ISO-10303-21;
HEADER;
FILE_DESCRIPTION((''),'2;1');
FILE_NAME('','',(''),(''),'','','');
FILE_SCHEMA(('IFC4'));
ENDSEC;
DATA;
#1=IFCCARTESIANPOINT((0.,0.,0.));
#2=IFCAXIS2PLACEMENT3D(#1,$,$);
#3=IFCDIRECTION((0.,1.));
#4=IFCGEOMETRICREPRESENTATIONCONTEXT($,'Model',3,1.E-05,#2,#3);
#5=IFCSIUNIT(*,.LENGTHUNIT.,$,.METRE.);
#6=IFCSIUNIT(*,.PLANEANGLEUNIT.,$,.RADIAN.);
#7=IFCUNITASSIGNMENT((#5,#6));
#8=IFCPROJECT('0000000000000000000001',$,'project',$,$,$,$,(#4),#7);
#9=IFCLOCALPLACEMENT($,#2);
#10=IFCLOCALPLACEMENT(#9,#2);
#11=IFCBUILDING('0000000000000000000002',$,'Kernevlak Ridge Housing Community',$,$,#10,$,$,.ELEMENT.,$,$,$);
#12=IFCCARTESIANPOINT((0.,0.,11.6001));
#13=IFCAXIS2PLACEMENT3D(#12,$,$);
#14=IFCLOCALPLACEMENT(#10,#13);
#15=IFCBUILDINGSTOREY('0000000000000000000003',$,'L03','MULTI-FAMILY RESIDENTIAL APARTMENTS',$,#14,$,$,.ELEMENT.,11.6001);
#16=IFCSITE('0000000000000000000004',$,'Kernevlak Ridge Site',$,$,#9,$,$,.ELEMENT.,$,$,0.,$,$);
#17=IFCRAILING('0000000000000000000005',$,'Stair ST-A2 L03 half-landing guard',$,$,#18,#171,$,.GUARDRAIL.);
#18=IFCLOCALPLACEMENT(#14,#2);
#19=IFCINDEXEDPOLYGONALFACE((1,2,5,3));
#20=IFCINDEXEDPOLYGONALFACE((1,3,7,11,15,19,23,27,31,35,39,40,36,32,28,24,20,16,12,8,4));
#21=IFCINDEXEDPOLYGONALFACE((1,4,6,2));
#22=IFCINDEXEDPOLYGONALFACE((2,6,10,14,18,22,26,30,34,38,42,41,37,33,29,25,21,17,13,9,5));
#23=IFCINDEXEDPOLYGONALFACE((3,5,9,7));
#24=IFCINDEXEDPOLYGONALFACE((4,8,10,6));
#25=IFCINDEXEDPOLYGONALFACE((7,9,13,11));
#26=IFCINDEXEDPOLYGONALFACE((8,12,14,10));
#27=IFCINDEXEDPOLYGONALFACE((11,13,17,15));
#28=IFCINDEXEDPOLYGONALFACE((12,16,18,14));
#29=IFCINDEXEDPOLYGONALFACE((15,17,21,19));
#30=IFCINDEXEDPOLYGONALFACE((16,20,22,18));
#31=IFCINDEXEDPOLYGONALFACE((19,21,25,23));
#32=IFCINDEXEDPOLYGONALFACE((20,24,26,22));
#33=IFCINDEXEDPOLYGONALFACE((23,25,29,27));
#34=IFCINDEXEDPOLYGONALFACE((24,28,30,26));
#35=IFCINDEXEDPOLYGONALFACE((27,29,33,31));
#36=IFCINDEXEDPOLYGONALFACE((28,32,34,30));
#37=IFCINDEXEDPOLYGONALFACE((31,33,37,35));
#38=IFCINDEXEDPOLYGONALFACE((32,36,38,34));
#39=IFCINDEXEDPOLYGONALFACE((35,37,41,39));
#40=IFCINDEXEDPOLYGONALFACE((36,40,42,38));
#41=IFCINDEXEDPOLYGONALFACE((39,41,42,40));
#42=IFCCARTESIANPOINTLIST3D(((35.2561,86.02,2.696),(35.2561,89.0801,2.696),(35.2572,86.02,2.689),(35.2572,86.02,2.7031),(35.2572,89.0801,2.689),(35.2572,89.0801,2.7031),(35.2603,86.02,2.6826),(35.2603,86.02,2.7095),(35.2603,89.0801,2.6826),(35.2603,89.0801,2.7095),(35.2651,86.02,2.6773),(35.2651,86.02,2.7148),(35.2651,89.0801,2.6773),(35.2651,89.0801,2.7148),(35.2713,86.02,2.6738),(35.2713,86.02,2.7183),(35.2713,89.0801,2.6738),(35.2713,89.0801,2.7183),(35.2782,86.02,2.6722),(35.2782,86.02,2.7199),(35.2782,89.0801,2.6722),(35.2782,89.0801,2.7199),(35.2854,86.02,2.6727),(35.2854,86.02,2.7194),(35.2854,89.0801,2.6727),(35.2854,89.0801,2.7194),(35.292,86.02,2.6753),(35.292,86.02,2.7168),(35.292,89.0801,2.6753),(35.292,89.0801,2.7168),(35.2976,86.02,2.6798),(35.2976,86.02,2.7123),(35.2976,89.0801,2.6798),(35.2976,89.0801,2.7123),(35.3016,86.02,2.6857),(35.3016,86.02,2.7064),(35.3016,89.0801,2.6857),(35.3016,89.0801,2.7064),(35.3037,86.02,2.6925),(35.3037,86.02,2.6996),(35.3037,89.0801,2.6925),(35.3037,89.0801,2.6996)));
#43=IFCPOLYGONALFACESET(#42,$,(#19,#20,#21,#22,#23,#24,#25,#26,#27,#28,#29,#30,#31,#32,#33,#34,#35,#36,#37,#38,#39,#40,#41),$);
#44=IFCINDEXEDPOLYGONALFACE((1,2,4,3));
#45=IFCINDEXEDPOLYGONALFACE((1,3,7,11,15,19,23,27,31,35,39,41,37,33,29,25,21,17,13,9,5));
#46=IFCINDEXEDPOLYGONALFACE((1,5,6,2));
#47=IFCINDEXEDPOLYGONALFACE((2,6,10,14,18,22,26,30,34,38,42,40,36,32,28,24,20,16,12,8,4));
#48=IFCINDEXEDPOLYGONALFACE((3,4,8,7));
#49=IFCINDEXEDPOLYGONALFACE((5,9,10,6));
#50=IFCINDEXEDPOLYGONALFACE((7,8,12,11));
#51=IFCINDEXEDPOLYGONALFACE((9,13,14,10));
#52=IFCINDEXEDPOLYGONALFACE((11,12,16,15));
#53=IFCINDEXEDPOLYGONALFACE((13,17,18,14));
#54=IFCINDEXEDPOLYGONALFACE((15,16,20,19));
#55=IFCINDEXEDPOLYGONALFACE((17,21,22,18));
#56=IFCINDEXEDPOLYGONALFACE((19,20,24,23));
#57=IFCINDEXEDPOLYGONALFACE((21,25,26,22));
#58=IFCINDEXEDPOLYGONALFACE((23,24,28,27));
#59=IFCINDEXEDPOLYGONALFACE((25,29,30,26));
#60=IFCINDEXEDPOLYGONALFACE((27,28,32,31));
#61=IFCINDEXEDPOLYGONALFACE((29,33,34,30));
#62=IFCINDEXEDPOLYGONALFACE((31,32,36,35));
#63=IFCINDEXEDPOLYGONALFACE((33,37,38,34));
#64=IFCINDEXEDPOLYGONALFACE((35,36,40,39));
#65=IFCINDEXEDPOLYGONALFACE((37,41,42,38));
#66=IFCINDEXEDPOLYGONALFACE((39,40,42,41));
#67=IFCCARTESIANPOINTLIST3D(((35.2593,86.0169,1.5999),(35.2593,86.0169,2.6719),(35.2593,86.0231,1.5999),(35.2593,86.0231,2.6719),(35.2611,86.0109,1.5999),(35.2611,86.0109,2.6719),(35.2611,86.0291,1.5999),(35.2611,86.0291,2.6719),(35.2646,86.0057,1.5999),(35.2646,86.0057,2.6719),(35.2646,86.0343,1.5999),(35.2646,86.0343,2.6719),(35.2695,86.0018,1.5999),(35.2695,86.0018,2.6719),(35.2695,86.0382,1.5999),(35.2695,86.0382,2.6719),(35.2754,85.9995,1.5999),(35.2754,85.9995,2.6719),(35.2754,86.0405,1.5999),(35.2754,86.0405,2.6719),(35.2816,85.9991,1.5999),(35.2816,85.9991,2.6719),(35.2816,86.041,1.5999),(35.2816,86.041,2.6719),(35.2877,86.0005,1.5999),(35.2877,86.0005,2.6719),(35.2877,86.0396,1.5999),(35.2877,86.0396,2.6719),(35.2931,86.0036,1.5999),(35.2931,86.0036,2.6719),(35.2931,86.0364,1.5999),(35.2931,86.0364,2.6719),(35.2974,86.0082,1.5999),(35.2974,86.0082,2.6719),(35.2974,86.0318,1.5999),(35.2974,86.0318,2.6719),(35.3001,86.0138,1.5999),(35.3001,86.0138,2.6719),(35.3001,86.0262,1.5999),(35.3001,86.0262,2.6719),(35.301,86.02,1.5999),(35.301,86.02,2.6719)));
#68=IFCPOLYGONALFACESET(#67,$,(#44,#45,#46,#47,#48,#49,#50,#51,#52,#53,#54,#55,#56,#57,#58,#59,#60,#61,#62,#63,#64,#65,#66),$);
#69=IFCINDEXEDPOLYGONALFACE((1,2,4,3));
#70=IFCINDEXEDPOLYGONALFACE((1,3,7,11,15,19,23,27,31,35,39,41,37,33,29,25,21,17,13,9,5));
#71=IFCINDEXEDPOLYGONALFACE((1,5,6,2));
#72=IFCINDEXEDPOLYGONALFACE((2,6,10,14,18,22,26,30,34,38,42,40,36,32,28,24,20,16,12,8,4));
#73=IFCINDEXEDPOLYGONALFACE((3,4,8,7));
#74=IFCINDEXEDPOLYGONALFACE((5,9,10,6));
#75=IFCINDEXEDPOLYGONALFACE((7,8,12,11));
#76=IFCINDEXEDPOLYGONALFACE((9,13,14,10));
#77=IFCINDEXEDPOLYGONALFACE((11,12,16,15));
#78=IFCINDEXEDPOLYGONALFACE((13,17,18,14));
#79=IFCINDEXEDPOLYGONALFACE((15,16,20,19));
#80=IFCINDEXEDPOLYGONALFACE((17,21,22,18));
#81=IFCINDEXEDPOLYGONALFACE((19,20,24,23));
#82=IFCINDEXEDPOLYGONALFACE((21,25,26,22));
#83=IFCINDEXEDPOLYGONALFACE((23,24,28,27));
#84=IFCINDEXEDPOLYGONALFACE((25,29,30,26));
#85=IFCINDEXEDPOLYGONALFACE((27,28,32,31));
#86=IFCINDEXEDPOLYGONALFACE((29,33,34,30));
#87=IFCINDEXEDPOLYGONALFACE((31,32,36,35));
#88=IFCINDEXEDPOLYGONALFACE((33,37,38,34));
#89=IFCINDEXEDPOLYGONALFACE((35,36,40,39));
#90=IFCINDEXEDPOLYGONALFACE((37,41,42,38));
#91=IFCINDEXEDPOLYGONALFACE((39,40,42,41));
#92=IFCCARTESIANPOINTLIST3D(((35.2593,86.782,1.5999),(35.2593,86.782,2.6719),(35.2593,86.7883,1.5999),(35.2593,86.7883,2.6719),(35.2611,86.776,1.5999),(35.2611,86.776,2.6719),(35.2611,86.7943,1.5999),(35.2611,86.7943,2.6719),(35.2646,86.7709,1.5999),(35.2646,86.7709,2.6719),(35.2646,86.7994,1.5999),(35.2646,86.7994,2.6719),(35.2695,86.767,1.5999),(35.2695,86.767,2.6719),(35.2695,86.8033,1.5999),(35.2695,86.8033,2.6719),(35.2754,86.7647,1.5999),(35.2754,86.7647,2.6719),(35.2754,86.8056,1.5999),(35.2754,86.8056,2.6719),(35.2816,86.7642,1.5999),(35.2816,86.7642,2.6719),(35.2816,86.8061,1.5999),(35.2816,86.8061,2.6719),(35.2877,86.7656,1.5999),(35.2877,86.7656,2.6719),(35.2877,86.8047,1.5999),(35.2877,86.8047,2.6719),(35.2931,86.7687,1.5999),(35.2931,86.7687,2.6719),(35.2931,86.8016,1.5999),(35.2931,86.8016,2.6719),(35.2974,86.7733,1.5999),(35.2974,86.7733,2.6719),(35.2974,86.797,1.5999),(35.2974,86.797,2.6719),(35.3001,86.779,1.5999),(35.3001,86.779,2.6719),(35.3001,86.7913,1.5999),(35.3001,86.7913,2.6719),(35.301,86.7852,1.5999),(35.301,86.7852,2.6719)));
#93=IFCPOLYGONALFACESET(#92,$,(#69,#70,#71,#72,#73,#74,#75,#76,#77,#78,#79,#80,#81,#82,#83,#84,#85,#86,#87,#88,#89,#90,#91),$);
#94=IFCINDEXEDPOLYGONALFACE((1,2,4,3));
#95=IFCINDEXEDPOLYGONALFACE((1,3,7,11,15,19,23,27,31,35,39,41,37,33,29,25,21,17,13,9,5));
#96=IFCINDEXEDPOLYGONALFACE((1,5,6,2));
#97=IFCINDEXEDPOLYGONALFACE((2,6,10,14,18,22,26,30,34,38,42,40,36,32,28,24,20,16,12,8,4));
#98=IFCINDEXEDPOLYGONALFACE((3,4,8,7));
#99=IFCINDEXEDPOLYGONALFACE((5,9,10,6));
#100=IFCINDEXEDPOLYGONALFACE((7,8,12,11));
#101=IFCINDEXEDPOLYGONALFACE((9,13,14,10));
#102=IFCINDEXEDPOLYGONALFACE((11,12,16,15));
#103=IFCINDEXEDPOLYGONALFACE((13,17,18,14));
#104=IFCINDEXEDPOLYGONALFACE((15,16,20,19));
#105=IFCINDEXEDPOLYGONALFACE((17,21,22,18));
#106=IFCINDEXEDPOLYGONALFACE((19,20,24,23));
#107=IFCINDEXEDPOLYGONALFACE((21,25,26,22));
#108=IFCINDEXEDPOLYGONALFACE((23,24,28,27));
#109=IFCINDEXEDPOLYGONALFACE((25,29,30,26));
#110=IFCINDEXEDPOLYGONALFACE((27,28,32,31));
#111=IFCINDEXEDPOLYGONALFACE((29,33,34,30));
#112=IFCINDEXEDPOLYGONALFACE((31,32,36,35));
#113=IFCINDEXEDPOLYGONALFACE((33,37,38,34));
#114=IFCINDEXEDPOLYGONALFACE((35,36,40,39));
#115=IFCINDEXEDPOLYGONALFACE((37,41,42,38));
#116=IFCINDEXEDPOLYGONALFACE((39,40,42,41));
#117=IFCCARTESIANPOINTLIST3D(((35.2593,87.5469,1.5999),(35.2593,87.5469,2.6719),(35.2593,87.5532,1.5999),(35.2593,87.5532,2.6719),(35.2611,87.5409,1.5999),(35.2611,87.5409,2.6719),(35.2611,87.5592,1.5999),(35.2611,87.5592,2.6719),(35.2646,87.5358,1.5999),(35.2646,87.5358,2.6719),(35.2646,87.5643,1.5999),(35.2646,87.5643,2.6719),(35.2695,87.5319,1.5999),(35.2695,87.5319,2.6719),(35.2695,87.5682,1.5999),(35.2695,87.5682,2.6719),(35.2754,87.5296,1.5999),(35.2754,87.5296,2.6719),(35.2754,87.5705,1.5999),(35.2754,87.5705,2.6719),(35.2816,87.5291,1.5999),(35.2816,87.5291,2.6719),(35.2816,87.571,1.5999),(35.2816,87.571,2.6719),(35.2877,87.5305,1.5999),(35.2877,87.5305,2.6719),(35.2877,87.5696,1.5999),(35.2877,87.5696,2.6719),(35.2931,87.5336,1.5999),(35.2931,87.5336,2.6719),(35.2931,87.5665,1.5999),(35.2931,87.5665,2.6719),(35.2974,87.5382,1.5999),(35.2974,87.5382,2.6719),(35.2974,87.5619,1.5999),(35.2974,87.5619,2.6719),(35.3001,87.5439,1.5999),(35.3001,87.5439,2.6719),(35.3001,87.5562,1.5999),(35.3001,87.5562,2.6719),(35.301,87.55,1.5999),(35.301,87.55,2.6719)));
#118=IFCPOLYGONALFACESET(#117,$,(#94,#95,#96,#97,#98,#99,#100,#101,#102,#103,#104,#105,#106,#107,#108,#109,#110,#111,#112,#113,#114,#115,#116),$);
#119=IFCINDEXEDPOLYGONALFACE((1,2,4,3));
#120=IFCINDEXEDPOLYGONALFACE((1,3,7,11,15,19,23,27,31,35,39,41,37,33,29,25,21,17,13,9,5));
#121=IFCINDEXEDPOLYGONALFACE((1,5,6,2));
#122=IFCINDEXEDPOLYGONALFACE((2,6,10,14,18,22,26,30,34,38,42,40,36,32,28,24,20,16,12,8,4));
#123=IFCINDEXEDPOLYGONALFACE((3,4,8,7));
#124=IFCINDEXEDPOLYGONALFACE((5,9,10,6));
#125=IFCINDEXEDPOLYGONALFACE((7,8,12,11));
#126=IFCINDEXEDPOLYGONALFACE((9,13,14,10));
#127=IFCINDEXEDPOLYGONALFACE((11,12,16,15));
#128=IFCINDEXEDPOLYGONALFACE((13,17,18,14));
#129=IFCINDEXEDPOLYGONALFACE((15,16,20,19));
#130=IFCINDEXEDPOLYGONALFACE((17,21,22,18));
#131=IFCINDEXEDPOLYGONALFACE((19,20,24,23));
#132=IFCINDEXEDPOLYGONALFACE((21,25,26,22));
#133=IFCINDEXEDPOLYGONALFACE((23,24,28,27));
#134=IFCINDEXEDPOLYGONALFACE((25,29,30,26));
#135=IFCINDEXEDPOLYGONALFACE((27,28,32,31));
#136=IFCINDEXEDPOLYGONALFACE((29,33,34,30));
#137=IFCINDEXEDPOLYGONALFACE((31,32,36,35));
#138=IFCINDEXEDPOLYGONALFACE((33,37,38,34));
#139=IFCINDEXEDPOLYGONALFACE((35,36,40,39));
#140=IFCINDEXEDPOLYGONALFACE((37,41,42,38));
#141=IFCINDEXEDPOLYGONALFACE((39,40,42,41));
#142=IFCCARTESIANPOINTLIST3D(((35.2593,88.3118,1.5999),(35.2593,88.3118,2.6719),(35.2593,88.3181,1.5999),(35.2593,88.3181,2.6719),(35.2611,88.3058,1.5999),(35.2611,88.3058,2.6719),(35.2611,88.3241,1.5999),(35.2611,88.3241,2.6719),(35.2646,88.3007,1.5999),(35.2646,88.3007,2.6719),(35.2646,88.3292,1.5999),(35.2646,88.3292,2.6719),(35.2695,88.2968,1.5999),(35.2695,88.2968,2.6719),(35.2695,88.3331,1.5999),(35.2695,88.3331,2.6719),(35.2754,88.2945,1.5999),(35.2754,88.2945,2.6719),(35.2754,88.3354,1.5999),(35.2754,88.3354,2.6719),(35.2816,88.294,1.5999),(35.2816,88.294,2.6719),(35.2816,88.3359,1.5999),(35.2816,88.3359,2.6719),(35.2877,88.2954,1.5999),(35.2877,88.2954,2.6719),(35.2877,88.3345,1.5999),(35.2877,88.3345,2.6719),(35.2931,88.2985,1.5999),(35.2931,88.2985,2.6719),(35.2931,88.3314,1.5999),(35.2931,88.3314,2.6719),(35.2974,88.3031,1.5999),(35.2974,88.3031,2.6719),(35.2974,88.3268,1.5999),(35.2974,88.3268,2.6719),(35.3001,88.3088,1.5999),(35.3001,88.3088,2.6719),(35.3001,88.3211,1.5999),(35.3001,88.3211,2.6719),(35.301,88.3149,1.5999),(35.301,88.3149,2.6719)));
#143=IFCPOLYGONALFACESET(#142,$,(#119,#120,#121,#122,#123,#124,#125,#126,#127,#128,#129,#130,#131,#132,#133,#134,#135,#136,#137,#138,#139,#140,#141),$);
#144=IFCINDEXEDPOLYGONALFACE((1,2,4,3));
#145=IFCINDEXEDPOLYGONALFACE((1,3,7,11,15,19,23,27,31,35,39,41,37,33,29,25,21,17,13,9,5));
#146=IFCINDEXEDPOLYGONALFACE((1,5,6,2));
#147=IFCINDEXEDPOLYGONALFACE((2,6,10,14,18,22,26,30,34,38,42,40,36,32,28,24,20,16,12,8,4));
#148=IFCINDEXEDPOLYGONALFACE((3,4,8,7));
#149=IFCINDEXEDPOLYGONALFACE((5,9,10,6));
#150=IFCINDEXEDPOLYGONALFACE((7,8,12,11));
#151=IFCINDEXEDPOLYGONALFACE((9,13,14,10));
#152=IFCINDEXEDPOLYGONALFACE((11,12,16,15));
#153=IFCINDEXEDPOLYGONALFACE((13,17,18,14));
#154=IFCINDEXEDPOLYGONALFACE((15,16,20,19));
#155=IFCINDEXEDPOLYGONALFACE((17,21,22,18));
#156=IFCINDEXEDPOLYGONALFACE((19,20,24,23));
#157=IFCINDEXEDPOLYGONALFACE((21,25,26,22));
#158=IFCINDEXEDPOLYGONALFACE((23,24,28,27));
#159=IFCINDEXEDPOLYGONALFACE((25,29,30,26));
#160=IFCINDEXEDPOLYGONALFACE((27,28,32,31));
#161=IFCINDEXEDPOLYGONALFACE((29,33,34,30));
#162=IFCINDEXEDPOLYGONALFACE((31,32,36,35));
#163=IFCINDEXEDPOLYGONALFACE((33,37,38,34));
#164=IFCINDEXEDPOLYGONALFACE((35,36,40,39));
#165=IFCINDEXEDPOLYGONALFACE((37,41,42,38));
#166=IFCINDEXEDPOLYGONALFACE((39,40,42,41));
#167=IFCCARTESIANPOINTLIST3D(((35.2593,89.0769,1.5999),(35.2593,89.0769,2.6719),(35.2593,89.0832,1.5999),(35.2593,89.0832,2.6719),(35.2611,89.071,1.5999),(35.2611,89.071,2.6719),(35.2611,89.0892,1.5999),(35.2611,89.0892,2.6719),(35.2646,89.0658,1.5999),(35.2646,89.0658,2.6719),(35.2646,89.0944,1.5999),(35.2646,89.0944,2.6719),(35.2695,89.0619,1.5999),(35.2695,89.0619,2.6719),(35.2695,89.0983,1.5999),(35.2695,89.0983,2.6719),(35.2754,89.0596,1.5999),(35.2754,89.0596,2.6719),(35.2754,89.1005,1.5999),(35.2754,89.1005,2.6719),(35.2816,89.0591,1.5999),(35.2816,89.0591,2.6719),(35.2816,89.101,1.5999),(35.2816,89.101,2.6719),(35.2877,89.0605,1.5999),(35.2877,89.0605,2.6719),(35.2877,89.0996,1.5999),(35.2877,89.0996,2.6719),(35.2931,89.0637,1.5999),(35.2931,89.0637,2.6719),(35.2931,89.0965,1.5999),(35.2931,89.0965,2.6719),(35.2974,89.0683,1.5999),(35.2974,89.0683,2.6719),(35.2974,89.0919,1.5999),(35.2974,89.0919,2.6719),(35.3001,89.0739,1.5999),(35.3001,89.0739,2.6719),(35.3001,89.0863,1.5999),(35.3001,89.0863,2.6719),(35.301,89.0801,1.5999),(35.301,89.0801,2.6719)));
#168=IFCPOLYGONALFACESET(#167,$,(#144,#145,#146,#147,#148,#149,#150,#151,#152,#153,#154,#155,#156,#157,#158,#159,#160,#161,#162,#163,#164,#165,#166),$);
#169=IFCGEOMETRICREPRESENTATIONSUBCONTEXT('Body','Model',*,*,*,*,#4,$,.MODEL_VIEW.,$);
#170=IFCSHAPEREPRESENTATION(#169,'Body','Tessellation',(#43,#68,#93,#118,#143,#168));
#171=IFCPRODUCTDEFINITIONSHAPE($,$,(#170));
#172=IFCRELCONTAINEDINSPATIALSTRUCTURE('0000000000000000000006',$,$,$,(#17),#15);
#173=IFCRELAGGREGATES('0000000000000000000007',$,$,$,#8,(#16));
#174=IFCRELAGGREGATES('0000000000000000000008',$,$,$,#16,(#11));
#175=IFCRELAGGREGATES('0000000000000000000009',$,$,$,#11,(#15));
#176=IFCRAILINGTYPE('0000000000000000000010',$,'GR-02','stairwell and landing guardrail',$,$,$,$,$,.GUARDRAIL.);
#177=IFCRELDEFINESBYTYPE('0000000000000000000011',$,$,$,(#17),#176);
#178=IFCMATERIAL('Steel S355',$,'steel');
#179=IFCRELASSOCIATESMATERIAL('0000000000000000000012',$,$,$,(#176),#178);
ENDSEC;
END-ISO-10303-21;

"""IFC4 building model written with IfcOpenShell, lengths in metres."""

from ifc_helpers import new_model, si_unit, direction, frame, origin, origin_2d, place, context, subcontext, project, spatial, circle, extrude, material, type_object, element, save


model = new_model("IFC4")

# Units and contexts
model_context = context("Model", 3, precision=1e-05, world=origin(), true_north=direction((0.0, 1.0)))
body_context = subcontext(model_context, "Body", "Model", "MODEL_VIEW")
ifc_project = project(units=[si_unit("LENGTHUNIT", "METRE"), si_unit("PLANEANGLEUNIT", "RADIAN")], contexts=[model_context])

# Site, building, storey
site_placement = place(None, origin())
site = spatial("IfcSite", under=ifc_project, at=site_placement, Name="Kernevlak Ridge Site", CompositionType="ELEMENT", RefElevation=0.0)
building_placement = place(site_placement, origin())
building = spatial("IfcBuilding", under=site, at=building_placement, Name="Kernevlak Ridge Housing Community", CompositionType="ELEMENT")
storey_placement = place(building_placement, frame((0.0, 0.0, 11.6001)))
storey = spatial("IfcBuildingStorey", under=building, at=storey_placement, Name="L03", Description="MULTI-FAMILY RESIDENTIAL APARTMENTS", CompositionType="ELEMENT", Elevation=11.6001)

# Railing
ifc_material_1 = material(Name="Steel S355", Category="steel")
railing_type_1 = type_object("IfcRailingType", Name="GR-02", Description="stairwell and landing guardrail", PredefinedType="GUARDRAIL", material=ifc_material_1)
railing_1_placement = place(storey_placement, frame((35.28, 86.02, 1.5999)))
element("IfcRailing", 1, at=railing_1_placement, inside=storey, type_object=railing_type_1, Name="Stair ST-A2 L03 half-landing guard", PredefinedType="GUARDRAIL", context=body_context, shape_type="SweptSolid", body=[
    extrude(circle(Radius=0.0239, at=origin_2d()), frame((0.0, 0.0, 1.0962), z_axis=(0.0, 1.0, 0.0), x_axis=(-1.0, 0.0, 0.0)), (0.0, 0.0, 1.0), 3.0601),
    extrude(circle(Radius=0.021, at=origin_2d()), origin(), (0.0, 0.0, 1.0), 1.072),
    extrude(circle(Radius=0.021, at=origin_2d()), frame((0.0, 0.7651, 0.0)), (0.0, 0.0, 1.0), 1.072),
    extrude(circle(Radius=0.021, at=origin_2d()), frame((0.0, 1.53, 0.0)), (0.0, 0.0, 1.0), 1.072),
    extrude(circle(Radius=0.021, at=origin_2d()), frame((0.0, 2.2949, 0.0)), (0.0, 0.0, 1.0), 1.072),
    extrude(circle(Radius=0.021, at=origin_2d()), frame((0.0, 3.0601, 0.0)), (0.0, 0.0, 1.0), 1.072),
])

save(model, "model.ifc")
